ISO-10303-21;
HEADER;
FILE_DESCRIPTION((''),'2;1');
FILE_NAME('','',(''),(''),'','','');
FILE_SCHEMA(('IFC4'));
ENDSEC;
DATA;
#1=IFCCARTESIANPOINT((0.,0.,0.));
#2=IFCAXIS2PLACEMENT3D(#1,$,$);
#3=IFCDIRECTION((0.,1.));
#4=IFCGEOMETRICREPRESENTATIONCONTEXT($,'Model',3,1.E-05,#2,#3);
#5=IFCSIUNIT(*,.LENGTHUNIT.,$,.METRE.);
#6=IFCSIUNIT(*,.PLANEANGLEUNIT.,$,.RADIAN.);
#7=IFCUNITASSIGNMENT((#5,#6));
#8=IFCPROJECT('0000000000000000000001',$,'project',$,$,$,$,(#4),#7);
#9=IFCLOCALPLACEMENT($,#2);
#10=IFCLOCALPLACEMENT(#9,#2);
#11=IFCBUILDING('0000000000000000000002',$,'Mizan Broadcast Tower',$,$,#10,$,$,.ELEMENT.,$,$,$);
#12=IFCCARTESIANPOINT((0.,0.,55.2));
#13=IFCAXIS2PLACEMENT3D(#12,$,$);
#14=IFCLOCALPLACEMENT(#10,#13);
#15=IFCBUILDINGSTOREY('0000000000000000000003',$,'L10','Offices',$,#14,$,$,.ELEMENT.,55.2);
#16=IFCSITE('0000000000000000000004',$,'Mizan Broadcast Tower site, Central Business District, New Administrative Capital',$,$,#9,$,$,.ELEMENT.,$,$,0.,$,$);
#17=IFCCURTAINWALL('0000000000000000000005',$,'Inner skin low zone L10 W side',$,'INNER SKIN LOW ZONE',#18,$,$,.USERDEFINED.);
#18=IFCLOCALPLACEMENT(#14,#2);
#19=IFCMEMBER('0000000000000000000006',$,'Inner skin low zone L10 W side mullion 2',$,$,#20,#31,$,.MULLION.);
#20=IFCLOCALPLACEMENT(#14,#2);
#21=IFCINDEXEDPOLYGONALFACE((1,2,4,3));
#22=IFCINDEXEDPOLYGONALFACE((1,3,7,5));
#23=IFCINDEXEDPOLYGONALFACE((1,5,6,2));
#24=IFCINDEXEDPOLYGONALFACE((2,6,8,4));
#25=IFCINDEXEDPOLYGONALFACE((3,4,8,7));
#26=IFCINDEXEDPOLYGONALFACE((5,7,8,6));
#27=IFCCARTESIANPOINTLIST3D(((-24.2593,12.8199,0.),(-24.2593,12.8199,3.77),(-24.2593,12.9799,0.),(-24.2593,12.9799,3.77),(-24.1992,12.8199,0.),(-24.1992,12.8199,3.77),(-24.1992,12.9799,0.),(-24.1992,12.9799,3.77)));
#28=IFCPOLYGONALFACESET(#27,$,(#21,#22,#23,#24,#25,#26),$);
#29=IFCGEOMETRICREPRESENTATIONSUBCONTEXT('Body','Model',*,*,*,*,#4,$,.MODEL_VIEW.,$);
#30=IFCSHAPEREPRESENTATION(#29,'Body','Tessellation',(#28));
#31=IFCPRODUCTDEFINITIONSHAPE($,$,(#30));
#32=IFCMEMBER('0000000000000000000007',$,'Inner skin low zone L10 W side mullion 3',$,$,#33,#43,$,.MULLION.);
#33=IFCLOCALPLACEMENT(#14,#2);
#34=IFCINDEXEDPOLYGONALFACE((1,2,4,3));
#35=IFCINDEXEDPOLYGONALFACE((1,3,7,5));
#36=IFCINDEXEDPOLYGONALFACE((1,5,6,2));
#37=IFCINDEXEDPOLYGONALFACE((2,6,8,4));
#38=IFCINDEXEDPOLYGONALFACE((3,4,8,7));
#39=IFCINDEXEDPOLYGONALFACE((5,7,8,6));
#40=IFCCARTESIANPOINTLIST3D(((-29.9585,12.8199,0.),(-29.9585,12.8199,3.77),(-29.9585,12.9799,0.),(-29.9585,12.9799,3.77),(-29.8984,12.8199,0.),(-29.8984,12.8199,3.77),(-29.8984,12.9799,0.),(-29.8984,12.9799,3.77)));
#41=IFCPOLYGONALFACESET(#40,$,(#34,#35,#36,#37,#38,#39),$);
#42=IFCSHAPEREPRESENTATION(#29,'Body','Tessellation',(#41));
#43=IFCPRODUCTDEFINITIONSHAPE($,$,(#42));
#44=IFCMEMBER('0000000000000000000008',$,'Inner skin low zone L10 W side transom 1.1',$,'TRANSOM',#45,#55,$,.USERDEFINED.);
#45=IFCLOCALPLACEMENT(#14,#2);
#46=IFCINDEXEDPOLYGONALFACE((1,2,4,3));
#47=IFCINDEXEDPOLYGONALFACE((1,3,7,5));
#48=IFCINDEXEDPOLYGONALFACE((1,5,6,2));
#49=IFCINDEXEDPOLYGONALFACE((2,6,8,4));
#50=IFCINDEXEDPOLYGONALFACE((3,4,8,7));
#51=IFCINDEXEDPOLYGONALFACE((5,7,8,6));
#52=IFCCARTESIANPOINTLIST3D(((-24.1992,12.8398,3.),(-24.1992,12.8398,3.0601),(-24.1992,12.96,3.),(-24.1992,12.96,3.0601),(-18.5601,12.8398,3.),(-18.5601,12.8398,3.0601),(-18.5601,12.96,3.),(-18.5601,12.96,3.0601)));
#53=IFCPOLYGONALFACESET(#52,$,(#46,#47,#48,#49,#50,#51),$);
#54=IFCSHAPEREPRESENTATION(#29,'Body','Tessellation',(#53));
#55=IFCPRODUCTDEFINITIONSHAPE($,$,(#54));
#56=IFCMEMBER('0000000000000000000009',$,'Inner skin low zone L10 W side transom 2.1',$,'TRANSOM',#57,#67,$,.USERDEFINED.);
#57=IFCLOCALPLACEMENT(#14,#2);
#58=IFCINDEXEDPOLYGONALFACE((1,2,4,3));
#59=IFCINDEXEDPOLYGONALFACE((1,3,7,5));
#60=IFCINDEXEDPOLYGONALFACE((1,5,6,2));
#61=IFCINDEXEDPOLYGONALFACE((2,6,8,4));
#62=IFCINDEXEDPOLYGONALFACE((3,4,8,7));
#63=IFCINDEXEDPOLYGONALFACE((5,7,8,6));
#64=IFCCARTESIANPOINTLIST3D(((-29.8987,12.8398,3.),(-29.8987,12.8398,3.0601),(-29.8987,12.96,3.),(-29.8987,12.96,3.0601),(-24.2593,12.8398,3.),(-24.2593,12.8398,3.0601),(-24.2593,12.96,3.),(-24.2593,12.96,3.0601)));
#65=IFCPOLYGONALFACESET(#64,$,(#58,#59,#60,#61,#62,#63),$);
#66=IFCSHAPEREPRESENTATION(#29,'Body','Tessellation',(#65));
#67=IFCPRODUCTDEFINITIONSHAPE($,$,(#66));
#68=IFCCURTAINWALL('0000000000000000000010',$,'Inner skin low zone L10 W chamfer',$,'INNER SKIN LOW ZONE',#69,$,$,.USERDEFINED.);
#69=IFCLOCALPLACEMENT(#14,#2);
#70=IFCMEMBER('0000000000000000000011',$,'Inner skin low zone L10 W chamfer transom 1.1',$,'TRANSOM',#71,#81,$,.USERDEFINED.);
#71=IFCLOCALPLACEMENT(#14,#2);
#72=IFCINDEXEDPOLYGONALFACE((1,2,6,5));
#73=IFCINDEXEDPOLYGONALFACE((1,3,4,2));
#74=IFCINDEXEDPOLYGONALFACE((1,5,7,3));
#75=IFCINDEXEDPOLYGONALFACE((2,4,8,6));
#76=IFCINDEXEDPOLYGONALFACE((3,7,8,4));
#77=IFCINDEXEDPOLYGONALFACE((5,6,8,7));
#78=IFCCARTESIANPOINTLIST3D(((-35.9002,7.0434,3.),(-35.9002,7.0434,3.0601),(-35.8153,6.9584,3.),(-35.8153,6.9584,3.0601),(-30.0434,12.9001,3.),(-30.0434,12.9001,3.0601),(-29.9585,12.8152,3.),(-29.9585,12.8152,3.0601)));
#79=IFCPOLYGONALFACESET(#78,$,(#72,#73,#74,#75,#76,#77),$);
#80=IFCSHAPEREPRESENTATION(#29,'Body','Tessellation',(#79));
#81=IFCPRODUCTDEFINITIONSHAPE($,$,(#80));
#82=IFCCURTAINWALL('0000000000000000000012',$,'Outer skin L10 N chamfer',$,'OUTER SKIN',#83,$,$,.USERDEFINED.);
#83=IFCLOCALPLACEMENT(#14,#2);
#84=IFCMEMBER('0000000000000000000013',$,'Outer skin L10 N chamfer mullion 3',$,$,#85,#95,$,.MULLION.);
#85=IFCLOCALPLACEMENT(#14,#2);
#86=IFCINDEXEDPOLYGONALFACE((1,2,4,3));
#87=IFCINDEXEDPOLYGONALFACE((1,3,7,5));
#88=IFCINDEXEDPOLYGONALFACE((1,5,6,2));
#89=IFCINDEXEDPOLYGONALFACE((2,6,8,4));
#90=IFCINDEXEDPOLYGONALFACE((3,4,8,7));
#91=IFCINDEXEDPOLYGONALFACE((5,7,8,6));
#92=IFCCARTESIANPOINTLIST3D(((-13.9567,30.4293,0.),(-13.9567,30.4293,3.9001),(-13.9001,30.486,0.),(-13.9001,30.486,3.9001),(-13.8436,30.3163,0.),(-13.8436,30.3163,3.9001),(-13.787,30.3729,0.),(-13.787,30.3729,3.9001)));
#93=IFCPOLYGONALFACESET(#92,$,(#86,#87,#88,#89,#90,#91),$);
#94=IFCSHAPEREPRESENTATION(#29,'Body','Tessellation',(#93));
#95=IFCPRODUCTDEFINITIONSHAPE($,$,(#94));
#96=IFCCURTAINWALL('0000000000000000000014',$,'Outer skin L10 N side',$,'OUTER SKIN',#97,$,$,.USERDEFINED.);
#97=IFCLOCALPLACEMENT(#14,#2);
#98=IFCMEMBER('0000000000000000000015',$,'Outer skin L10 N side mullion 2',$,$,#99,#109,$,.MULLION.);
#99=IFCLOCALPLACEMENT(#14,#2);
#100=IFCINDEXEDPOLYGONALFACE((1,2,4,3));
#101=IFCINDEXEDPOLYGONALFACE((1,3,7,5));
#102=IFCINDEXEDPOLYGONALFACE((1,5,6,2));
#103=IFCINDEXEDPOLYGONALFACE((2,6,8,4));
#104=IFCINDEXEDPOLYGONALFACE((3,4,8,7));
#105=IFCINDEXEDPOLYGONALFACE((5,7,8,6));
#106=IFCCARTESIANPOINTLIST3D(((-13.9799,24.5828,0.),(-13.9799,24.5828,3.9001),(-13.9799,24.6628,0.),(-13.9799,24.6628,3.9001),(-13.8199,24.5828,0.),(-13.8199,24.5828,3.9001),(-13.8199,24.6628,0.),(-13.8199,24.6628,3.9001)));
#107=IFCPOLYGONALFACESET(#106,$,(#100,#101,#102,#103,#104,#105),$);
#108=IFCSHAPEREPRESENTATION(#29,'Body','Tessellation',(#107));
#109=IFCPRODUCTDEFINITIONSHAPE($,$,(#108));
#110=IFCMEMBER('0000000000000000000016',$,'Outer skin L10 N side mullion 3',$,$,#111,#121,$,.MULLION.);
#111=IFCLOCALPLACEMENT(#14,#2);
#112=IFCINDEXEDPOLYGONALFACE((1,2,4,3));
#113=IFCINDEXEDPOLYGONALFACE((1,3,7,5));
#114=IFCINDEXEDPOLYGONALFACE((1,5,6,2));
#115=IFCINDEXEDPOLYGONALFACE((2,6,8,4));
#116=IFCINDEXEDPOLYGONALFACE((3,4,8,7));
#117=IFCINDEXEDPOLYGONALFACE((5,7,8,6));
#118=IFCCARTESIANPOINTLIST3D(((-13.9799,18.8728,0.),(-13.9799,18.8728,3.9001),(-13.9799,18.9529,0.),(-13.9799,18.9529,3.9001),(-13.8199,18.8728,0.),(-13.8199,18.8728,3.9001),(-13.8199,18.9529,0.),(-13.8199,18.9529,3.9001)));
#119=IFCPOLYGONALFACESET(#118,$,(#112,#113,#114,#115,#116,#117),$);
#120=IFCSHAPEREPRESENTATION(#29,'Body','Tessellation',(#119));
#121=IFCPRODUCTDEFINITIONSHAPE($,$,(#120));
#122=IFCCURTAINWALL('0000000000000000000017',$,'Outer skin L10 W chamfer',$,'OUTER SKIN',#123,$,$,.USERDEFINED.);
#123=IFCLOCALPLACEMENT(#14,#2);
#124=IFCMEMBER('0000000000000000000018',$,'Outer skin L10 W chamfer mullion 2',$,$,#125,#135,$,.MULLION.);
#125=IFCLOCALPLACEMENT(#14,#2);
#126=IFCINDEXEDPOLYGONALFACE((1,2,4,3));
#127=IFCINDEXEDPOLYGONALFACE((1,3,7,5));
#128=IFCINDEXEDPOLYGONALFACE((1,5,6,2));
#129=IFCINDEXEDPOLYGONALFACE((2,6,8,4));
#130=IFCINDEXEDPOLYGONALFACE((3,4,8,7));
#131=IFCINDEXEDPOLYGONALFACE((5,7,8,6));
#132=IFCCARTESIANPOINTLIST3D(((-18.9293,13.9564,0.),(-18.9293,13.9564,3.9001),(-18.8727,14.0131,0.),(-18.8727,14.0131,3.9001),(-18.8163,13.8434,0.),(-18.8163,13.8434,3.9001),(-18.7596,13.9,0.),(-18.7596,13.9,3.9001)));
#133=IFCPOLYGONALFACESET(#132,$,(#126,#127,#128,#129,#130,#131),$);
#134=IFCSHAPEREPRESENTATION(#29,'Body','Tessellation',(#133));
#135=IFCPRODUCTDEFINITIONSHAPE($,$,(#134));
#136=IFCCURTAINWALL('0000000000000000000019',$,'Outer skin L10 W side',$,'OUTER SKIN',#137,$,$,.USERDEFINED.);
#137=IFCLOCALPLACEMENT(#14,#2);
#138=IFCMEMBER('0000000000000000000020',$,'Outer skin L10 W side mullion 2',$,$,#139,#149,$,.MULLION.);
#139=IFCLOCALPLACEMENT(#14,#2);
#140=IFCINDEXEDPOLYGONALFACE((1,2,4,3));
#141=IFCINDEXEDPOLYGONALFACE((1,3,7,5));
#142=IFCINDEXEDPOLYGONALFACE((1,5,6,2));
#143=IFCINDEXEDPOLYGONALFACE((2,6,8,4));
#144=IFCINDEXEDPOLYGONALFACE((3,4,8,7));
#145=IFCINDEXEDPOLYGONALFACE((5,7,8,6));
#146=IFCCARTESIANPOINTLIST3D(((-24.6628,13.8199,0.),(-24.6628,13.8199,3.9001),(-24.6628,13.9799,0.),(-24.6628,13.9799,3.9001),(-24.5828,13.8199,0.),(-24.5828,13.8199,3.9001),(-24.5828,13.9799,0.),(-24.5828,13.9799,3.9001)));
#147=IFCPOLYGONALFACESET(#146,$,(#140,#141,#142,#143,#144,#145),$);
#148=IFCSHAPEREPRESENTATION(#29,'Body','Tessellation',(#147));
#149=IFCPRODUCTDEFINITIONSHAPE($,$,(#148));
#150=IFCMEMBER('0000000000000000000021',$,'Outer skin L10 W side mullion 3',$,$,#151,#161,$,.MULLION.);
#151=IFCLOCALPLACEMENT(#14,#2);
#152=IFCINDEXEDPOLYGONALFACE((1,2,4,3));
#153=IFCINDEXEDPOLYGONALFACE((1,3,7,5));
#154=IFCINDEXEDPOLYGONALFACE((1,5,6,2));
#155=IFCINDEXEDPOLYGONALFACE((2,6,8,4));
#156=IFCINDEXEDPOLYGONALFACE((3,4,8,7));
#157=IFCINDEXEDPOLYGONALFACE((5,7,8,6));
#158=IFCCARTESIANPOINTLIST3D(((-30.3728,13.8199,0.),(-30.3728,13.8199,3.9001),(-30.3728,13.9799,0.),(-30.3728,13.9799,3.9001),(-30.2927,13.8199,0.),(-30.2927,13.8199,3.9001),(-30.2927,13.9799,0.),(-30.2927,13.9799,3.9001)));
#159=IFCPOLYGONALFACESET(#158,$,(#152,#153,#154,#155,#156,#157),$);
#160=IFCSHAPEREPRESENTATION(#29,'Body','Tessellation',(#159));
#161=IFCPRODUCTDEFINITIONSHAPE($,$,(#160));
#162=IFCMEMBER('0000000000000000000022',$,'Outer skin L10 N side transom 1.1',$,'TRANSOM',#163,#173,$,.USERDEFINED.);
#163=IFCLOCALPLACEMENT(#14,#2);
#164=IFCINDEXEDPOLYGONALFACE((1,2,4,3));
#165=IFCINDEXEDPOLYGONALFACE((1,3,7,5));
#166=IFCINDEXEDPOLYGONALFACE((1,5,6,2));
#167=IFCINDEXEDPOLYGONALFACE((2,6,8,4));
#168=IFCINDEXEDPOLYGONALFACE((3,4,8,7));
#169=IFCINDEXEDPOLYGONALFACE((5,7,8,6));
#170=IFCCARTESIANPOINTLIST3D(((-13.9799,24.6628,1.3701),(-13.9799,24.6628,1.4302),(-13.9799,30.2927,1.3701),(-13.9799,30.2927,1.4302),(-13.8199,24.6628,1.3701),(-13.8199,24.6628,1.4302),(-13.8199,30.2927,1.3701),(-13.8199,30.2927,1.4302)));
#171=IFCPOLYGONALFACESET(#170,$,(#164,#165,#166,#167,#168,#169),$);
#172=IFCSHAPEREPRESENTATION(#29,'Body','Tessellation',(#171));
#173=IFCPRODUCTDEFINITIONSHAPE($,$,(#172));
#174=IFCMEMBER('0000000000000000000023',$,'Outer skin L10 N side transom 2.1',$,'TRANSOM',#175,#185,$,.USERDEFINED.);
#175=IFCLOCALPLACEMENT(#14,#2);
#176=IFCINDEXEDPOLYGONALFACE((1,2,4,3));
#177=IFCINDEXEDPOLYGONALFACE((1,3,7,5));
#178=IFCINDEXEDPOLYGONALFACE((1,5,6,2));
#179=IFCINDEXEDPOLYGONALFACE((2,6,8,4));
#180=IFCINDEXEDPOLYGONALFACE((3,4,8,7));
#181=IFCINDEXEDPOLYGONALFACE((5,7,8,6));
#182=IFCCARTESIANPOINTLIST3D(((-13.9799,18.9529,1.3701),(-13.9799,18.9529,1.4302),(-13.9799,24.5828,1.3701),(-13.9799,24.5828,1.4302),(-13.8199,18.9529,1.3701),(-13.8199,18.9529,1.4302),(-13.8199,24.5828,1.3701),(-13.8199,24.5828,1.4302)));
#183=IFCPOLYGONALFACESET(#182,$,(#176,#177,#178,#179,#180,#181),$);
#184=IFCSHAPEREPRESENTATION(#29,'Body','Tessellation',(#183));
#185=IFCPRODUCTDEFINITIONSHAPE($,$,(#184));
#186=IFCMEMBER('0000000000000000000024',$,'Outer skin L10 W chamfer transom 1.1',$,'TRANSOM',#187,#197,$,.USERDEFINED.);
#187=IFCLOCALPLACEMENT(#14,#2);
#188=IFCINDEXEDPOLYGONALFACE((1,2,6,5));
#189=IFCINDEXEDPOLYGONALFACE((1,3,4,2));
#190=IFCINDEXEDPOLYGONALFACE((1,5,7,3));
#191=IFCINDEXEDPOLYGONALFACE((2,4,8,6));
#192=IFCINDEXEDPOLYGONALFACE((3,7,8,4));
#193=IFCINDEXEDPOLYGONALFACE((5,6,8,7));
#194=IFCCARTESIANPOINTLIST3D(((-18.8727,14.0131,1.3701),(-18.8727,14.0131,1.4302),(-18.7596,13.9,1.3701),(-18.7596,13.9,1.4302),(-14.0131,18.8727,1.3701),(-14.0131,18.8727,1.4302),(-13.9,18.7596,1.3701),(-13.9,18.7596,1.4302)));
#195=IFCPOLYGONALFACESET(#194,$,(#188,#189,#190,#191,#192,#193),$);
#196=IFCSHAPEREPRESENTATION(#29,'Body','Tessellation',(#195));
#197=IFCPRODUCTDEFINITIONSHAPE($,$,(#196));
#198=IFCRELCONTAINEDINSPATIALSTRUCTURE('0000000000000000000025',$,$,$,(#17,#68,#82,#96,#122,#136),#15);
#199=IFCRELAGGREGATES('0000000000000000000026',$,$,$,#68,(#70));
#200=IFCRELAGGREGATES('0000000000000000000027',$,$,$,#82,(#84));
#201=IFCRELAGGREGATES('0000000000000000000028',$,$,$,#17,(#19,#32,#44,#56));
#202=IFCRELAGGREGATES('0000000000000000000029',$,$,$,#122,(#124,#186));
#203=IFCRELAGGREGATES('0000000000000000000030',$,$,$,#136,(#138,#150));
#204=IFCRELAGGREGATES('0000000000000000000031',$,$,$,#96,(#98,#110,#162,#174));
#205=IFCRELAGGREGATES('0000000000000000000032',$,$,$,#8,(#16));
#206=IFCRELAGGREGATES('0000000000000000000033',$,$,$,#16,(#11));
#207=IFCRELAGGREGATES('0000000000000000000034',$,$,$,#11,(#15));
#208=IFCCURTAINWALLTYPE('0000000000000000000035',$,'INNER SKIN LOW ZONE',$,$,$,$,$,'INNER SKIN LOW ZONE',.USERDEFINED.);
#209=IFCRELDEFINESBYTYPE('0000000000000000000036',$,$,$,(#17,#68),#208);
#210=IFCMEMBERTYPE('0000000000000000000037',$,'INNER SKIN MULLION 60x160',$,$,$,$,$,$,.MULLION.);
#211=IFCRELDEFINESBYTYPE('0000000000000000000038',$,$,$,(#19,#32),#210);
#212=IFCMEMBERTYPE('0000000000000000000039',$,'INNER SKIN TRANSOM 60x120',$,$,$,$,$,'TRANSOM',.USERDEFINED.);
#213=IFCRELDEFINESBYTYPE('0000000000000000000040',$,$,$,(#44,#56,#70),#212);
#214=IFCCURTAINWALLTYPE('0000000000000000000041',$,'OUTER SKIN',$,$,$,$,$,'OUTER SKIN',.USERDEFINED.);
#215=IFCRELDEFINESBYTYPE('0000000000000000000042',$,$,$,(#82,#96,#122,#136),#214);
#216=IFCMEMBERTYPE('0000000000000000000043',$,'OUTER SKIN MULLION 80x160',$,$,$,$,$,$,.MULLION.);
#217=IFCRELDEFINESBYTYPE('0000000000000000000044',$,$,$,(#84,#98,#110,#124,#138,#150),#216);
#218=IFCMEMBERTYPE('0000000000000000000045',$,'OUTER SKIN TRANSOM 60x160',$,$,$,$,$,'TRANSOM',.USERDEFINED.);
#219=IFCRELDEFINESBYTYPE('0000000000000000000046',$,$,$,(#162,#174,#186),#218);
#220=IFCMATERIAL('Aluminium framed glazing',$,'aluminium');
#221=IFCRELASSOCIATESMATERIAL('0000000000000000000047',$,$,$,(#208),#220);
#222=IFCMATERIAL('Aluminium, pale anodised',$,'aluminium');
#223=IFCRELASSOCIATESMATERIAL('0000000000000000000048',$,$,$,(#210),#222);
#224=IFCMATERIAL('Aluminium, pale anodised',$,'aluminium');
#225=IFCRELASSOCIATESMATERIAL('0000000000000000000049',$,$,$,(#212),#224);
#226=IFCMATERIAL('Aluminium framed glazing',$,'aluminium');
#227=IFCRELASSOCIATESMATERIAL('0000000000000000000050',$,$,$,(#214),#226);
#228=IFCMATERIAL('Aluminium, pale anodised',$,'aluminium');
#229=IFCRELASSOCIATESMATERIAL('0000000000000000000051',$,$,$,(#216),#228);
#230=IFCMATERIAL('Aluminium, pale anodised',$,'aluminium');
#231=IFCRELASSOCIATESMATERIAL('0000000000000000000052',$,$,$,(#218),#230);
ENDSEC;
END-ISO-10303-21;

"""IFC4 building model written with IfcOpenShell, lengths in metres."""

from ifc_helpers import new_model, si_unit, direction, frame, origin, origin_2d, place, context, subcontext, project, spatial, rectangle, extrude, material, material_profile, profile_set, type_object, element, aggregate, save


model = new_model("IFC4")

# Units and contexts
model_context = context("Model", 3, precision=1e-05, world=origin(), true_north=direction((0.0, 1.0)))
body_context = subcontext(model_context, "Body", "Model", "MODEL_VIEW")
ifc_project = project(units=[si_unit("LENGTHUNIT", "METRE"), si_unit("PLANEANGLEUNIT", "RADIAN")], contexts=[model_context])

# Site, building, storey
site_placement = place(None, origin())
site = spatial("IfcSite", under=ifc_project, at=site_placement, Name="Mizan Broadcast Tower site, Central Business District, New Administrative Capital", CompositionType="ELEMENT", RefElevation=0.0)
building_placement = place(site_placement, origin())
building = spatial("IfcBuilding", under=site, at=building_placement, Name="Mizan Broadcast Tower", CompositionType="ELEMENT")
storey_placement = place(building_placement, frame((0.0, 0.0, 55.2)))
storey = spatial("IfcBuildingStorey", under=building, at=storey_placement, Name="L10", Description="Offices", CompositionType="ELEMENT", Elevation=55.2)

# Curtain wall, members
ifc_material_1 = material(Name="Aluminium framed glazing", Category="aluminium")
curtain_wall_type_1 = type_object("IfcCurtainWallType", Name="INNER SKIN LOW ZONE", ElementType="INNER SKIN LOW ZONE", PredefinedType="USERDEFINED", material=ifc_material_1)
curtain_wall_1_placement = place(storey_placement, origin())
curtain_wall_1 = element("IfcCurtainWall", 1, at=curtain_wall_1_placement, inside=storey, type_object=curtain_wall_type_1, Name="Inner skin low zone L10 W side", ObjectType="INNER SKIN LOW ZONE", PredefinedType="USERDEFINED")
ifc_material_2 = material(Name="Aluminium, pale anodised", Category="aluminium")
ifc_material_profile_1 = material_profile(ifc_material_2, rectangle(XDim=0.1599, YDim=0.0601, at=origin_2d()), Name="MULLION 160x60")
ifc_profile_set_1 = profile_set([ifc_material_profile_1], Name="Aluminium, pale anodised")
member_type_1 = type_object("IfcMemberType", Name="INNER SKIN MULLION 60x160", PredefinedType="MULLION", material=ifc_profile_set_1)
member_1_placement = place(storey_placement, frame((-24.2292, 12.8999, 0.0), z_axis=(0.0, 0.0, 1.0), x_axis=(0.0, -1.0, 0.0)))
member_1 = element("IfcMember", 2, at=member_1_placement, type_object=member_type_1, Name="Inner skin low zone L10 W side mullion 2", PredefinedType="MULLION", context=body_context, shape_type="SweptSolid", body=[
    extrude(rectangle(XDim=0.1599, YDim=0.0601, at=origin_2d()), origin(), (0.0, 0.0, 1.0), 3.77),
])
member_2_placement = place(storey_placement, frame((-29.9285, 12.8999, 0.0), z_axis=(0.0, 0.0, 1.0), x_axis=(0.0, -1.0, 0.0)))
member_2 = element("IfcMember", 3, at=member_2_placement, type_object=member_type_1, Name="Inner skin low zone L10 W side mullion 3", PredefinedType="MULLION", context=body_context, shape_type="SweptSolid", body=[
    extrude(rectangle(XDim=0.1599, YDim=0.0601, at=origin_2d()), origin(), (0.0, 0.0, 1.0), 3.77),
])
ifc_material_3 = material(Name="Aluminium, pale anodised", Category="aluminium")
ifc_material_profile_2 = material_profile(ifc_material_3, rectangle(XDim=0.1201, YDim=0.0601, at=origin_2d()), Name="TRANSOM 120x60")
ifc_profile_set_2 = profile_set([ifc_material_profile_2], Name="Aluminium, pale anodised")
member_type_2 = type_object("IfcMemberType", Name="INNER SKIN TRANSOM 60x120", ElementType="TRANSOM", PredefinedType="USERDEFINED", material=ifc_profile_set_2)
member_3_placement = place(storey_placement, frame((-18.5601, 12.8999, 3.03), z_axis=(-1.0, 0.0, 0.0), x_axis=(0.0, -1.0, 0.0)))
member_3 = element("IfcMember", 4, at=member_3_placement, type_object=member_type_2, Name="Inner skin low zone L10 W side transom 1.1", ObjectType="TRANSOM", PredefinedType="USERDEFINED", context=body_context, shape_type="SweptSolid", body=[
    extrude(rectangle(XDim=0.1201, YDim=0.0601, at=origin_2d()), origin(), (0.0, 0.0, 1.0), 5.6392),
])
member_4_placement = place(storey_placement, frame((-24.2593, 12.8999, 3.03), z_axis=(-1.0, 0.0, 0.0), x_axis=(0.0, -1.0, 0.0)))
member_4 = element("IfcMember", 5, at=member_4_placement, type_object=member_type_2, Name="Inner skin low zone L10 W side transom 2.1", ObjectType="TRANSOM", PredefinedType="USERDEFINED", context=body_context, shape_type="SweptSolid", body=[
    extrude(rectangle(XDim=0.1201, YDim=0.0601, at=origin_2d()), origin(), (0.0, 0.0, 1.0), 5.6394),
])

# Curtain walls, members
curtain_wall_2_placement = place(storey_placement, origin())
curtain_wall_2 = element("IfcCurtainWall", 6, at=curtain_wall_2_placement, inside=storey, type_object=curtain_wall_type_1, Name="Inner skin low zone L10 W chamfer", ObjectType="INNER SKIN LOW ZONE", PredefinedType="USERDEFINED")
member_5_placement = place(storey_placement, frame((-30.001, 12.8577, 3.03), z_axis=(-0.707107, -0.707107, 0.0), x_axis=(0.707107, -0.707107, 0.0)))
member_5 = element("IfcMember", 7, at=member_5_placement, type_object=member_type_2, Name="Inner skin low zone L10 W chamfer transom 1.1", ObjectType="TRANSOM", PredefinedType="USERDEFINED", context=body_context, shape_type="SweptSolid", body=[
    extrude(rectangle(XDim=0.1201, YDim=0.0601, at=origin_2d()), origin(), (0.0, 0.0, 1.0), 8.2827),
])
aggregate(curtain_wall_2, [member_5])
ifc_material_4 = material(Name="Aluminium framed glazing", Category="aluminium")
curtain_wall_type_2 = type_object("IfcCurtainWallType", Name="OUTER SKIN", ElementType="OUTER SKIN", PredefinedType="USERDEFINED", material=ifc_material_4)
curtain_wall_3_placement = place(storey_placement, origin())
curtain_wall_3 = element("IfcCurtainWall", 8, at=curtain_wall_3_placement, inside=storey, type_object=curtain_wall_type_2, Name="Outer skin L10 N chamfer", ObjectType="OUTER SKIN", PredefinedType="USERDEFINED")
ifc_material_5 = material(Name="Aluminium, pale anodised", Category="aluminium")
ifc_material_profile_3 = material_profile(ifc_material_5, rectangle(XDim=0.1599, YDim=0.0801, at=origin_2d()), Name="MULLION 160x80")
ifc_profile_set_3 = profile_set([ifc_material_profile_3], Name="Aluminium, pale anodised")
member_type_3 = type_object("IfcMemberType", Name="OUTER SKIN MULLION 80x160", PredefinedType="MULLION", material=ifc_profile_set_3)
member_6_placement = place(storey_placement, frame((-13.8718, 30.4011, 0.0), z_axis=(0.0, 0.0, 1.0), x_axis=(0.707107, -0.707107, 0.0)))
member_6 = element("IfcMember", 9, at=member_6_placement, type_object=member_type_3, Name="Outer skin L10 N chamfer mullion 3", PredefinedType="MULLION", context=body_context, shape_type="SweptSolid", body=[
    extrude(rectangle(XDim=0.1599, YDim=0.0801, at=origin_2d()), origin(), (0.0, 0.0, 1.0), 3.9001),
])
aggregate(curtain_wall_3, [member_6])

# Curtain wall, members
curtain_wall_4_placement = place(storey_placement, origin())
curtain_wall_4 = element("IfcCurtainWall", 10, at=curtain_wall_4_placement, inside=storey, type_object=curtain_wall_type_2, Name="Outer skin L10 N side", ObjectType="OUTER SKIN", PredefinedType="USERDEFINED")
member_7_placement = place(storey_placement, frame((-13.8999, 24.6228, 0.0), z_axis=(0.0, 0.0, 1.0), x_axis=(1.0, 0.0, 0.0)))
member_7 = element("IfcMember", 11, at=member_7_placement, type_object=member_type_3, Name="Outer skin L10 N side mullion 2", PredefinedType="MULLION", context=body_context, shape_type="SweptSolid", body=[
    extrude(rectangle(XDim=0.1599, YDim=0.0801, at=origin_2d()), origin(), (0.0, 0.0, 1.0), 3.9001),
])
member_8_placement = place(storey_placement, frame((-13.8999, 18.9128, 0.0), z_axis=(0.0, 0.0, 1.0), x_axis=(1.0, 0.0, 0.0)))
member_8 = element("IfcMember", 12, at=member_8_placement, type_object=member_type_3, Name="Outer skin L10 N side mullion 3", PredefinedType="MULLION", context=body_context, shape_type="SweptSolid", body=[
    extrude(rectangle(XDim=0.1599, YDim=0.0801, at=origin_2d()), origin(), (0.0, 0.0, 1.0), 3.9001),
])

# Curtain wall, member
curtain_wall_5_placement = place(storey_placement, origin())
curtain_wall_5 = element("IfcCurtainWall", 13, at=curtain_wall_5_placement, inside=storey, type_object=curtain_wall_type_2, Name="Outer skin L10 W chamfer", ObjectType="OUTER SKIN", PredefinedType="USERDEFINED")
member_9_placement = place(storey_placement, frame((-18.8445, 13.9282, 0.0), z_axis=(0.0, 0.0, 1.0), x_axis=(0.707107, -0.707107, 0.0)))
member_9 = element("IfcMember", 14, at=member_9_placement, type_object=member_type_3, Name="Outer skin L10 W chamfer mullion 2", PredefinedType="MULLION", context=body_context, shape_type="SweptSolid", body=[
    extrude(rectangle(XDim=0.1599, YDim=0.0801, at=origin_2d()), origin(), (0.0, 0.0, 1.0), 3.9001),
])

# Curtain wall, members
curtain_wall_6_placement = place(storey_placement, origin())
curtain_wall_6 = element("IfcCurtainWall", 15, at=curtain_wall_6_placement, inside=storey, type_object=curtain_wall_type_2, Name="Outer skin L10 W side", ObjectType="OUTER SKIN", PredefinedType="USERDEFINED")
member_10_placement = place(storey_placement, frame((-24.6228, 13.8999, 0.0), z_axis=(0.0, 0.0, 1.0), x_axis=(0.0, -1.0, 0.0)))
member_10 = element("IfcMember", 16, at=member_10_placement, type_object=member_type_3, Name="Outer skin L10 W side mullion 2", PredefinedType="MULLION", context=body_context, shape_type="SweptSolid", body=[
    extrude(rectangle(XDim=0.1599, YDim=0.0801, at=origin_2d()), origin(), (0.0, 0.0, 1.0), 3.9001),
])
member_11_placement = place(storey_placement, frame((-30.3328, 13.8999, 0.0), z_axis=(0.0, 0.0, 1.0), x_axis=(0.0, -1.0, 0.0)))
member_11 = element("IfcMember", 17, at=member_11_placement, type_object=member_type_3, Name="Outer skin L10 W side mullion 3", PredefinedType="MULLION", context=body_context, shape_type="SweptSolid", body=[
    extrude(rectangle(XDim=0.1599, YDim=0.0801, at=origin_2d()), origin(), (0.0, 0.0, 1.0), 3.9001),
])

# Members
ifc_material_6 = material(Name="Aluminium, pale anodised", Category="aluminium")
ifc_material_profile_4 = material_profile(ifc_material_6, rectangle(XDim=0.1599, YDim=0.0601, at=origin_2d()), Name="TRANSOM 160x60")
ifc_profile_set_4 = profile_set([ifc_material_profile_4], Name="Aluminium, pale anodised")
member_type_4 = type_object("IfcMemberType", Name="OUTER SKIN TRANSOM 60x160", ElementType="TRANSOM", PredefinedType="USERDEFINED", material=ifc_profile_set_4)
member_12_placement = place(storey_placement, frame((-13.8999, 30.2927, 1.4001), z_axis=(0.0, -1.0, 0.0), x_axis=(1.0, 0.0, 0.0)))
member_12 = element("IfcMember", 18, at=member_12_placement, type_object=member_type_4, Name="Outer skin L10 N side transom 1.1", ObjectType="TRANSOM", PredefinedType="USERDEFINED", context=body_context, shape_type="SweptSolid", body=[
    extrude(rectangle(XDim=0.1599, YDim=0.0601, at=origin_2d()), origin(), (0.0, 0.0, 1.0), 5.6299),
])
member_13_placement = place(storey_placement, frame((-13.8999, 24.5828, 1.4001), z_axis=(0.0, -1.0, 0.0), x_axis=(1.0, 0.0, 0.0)))
member_13 = element("IfcMember", 19, at=member_13_placement, type_object=member_type_4, Name="Outer skin L10 N side transom 2.1", ObjectType="TRANSOM", PredefinedType="USERDEFINED", context=body_context, shape_type="SweptSolid", body=[
    extrude(rectangle(XDim=0.1599, YDim=0.0601, at=origin_2d()), origin(), (0.0, 0.0, 1.0), 5.6299),
])
member_14_placement = place(storey_placement, frame((-13.9565, 18.8162, 1.4001), z_axis=(-0.707107, -0.707107, 0.0), x_axis=(0.707107, -0.707107, 0.0)))
member_14 = element("IfcMember", 20, at=member_14_placement, type_object=member_type_4, Name="Outer skin L10 W chamfer transom 1.1", ObjectType="TRANSOM", PredefinedType="USERDEFINED", context=body_context, shape_type="SweptSolid", body=[
    extrude(rectangle(XDim=0.1599, YDim=0.0601, at=origin_2d()), origin(), (0.0, 0.0, 1.0), 6.8726),
])

aggregate(curtain_wall_1, [member_1, member_2, member_3, member_4])
aggregate(curtain_wall_5, [member_9, member_14])
aggregate(curtain_wall_6, [member_10, member_11])
aggregate(curtain_wall_4, [member_7, member_8, member_12, member_13])

save(model, "model.ifc")
